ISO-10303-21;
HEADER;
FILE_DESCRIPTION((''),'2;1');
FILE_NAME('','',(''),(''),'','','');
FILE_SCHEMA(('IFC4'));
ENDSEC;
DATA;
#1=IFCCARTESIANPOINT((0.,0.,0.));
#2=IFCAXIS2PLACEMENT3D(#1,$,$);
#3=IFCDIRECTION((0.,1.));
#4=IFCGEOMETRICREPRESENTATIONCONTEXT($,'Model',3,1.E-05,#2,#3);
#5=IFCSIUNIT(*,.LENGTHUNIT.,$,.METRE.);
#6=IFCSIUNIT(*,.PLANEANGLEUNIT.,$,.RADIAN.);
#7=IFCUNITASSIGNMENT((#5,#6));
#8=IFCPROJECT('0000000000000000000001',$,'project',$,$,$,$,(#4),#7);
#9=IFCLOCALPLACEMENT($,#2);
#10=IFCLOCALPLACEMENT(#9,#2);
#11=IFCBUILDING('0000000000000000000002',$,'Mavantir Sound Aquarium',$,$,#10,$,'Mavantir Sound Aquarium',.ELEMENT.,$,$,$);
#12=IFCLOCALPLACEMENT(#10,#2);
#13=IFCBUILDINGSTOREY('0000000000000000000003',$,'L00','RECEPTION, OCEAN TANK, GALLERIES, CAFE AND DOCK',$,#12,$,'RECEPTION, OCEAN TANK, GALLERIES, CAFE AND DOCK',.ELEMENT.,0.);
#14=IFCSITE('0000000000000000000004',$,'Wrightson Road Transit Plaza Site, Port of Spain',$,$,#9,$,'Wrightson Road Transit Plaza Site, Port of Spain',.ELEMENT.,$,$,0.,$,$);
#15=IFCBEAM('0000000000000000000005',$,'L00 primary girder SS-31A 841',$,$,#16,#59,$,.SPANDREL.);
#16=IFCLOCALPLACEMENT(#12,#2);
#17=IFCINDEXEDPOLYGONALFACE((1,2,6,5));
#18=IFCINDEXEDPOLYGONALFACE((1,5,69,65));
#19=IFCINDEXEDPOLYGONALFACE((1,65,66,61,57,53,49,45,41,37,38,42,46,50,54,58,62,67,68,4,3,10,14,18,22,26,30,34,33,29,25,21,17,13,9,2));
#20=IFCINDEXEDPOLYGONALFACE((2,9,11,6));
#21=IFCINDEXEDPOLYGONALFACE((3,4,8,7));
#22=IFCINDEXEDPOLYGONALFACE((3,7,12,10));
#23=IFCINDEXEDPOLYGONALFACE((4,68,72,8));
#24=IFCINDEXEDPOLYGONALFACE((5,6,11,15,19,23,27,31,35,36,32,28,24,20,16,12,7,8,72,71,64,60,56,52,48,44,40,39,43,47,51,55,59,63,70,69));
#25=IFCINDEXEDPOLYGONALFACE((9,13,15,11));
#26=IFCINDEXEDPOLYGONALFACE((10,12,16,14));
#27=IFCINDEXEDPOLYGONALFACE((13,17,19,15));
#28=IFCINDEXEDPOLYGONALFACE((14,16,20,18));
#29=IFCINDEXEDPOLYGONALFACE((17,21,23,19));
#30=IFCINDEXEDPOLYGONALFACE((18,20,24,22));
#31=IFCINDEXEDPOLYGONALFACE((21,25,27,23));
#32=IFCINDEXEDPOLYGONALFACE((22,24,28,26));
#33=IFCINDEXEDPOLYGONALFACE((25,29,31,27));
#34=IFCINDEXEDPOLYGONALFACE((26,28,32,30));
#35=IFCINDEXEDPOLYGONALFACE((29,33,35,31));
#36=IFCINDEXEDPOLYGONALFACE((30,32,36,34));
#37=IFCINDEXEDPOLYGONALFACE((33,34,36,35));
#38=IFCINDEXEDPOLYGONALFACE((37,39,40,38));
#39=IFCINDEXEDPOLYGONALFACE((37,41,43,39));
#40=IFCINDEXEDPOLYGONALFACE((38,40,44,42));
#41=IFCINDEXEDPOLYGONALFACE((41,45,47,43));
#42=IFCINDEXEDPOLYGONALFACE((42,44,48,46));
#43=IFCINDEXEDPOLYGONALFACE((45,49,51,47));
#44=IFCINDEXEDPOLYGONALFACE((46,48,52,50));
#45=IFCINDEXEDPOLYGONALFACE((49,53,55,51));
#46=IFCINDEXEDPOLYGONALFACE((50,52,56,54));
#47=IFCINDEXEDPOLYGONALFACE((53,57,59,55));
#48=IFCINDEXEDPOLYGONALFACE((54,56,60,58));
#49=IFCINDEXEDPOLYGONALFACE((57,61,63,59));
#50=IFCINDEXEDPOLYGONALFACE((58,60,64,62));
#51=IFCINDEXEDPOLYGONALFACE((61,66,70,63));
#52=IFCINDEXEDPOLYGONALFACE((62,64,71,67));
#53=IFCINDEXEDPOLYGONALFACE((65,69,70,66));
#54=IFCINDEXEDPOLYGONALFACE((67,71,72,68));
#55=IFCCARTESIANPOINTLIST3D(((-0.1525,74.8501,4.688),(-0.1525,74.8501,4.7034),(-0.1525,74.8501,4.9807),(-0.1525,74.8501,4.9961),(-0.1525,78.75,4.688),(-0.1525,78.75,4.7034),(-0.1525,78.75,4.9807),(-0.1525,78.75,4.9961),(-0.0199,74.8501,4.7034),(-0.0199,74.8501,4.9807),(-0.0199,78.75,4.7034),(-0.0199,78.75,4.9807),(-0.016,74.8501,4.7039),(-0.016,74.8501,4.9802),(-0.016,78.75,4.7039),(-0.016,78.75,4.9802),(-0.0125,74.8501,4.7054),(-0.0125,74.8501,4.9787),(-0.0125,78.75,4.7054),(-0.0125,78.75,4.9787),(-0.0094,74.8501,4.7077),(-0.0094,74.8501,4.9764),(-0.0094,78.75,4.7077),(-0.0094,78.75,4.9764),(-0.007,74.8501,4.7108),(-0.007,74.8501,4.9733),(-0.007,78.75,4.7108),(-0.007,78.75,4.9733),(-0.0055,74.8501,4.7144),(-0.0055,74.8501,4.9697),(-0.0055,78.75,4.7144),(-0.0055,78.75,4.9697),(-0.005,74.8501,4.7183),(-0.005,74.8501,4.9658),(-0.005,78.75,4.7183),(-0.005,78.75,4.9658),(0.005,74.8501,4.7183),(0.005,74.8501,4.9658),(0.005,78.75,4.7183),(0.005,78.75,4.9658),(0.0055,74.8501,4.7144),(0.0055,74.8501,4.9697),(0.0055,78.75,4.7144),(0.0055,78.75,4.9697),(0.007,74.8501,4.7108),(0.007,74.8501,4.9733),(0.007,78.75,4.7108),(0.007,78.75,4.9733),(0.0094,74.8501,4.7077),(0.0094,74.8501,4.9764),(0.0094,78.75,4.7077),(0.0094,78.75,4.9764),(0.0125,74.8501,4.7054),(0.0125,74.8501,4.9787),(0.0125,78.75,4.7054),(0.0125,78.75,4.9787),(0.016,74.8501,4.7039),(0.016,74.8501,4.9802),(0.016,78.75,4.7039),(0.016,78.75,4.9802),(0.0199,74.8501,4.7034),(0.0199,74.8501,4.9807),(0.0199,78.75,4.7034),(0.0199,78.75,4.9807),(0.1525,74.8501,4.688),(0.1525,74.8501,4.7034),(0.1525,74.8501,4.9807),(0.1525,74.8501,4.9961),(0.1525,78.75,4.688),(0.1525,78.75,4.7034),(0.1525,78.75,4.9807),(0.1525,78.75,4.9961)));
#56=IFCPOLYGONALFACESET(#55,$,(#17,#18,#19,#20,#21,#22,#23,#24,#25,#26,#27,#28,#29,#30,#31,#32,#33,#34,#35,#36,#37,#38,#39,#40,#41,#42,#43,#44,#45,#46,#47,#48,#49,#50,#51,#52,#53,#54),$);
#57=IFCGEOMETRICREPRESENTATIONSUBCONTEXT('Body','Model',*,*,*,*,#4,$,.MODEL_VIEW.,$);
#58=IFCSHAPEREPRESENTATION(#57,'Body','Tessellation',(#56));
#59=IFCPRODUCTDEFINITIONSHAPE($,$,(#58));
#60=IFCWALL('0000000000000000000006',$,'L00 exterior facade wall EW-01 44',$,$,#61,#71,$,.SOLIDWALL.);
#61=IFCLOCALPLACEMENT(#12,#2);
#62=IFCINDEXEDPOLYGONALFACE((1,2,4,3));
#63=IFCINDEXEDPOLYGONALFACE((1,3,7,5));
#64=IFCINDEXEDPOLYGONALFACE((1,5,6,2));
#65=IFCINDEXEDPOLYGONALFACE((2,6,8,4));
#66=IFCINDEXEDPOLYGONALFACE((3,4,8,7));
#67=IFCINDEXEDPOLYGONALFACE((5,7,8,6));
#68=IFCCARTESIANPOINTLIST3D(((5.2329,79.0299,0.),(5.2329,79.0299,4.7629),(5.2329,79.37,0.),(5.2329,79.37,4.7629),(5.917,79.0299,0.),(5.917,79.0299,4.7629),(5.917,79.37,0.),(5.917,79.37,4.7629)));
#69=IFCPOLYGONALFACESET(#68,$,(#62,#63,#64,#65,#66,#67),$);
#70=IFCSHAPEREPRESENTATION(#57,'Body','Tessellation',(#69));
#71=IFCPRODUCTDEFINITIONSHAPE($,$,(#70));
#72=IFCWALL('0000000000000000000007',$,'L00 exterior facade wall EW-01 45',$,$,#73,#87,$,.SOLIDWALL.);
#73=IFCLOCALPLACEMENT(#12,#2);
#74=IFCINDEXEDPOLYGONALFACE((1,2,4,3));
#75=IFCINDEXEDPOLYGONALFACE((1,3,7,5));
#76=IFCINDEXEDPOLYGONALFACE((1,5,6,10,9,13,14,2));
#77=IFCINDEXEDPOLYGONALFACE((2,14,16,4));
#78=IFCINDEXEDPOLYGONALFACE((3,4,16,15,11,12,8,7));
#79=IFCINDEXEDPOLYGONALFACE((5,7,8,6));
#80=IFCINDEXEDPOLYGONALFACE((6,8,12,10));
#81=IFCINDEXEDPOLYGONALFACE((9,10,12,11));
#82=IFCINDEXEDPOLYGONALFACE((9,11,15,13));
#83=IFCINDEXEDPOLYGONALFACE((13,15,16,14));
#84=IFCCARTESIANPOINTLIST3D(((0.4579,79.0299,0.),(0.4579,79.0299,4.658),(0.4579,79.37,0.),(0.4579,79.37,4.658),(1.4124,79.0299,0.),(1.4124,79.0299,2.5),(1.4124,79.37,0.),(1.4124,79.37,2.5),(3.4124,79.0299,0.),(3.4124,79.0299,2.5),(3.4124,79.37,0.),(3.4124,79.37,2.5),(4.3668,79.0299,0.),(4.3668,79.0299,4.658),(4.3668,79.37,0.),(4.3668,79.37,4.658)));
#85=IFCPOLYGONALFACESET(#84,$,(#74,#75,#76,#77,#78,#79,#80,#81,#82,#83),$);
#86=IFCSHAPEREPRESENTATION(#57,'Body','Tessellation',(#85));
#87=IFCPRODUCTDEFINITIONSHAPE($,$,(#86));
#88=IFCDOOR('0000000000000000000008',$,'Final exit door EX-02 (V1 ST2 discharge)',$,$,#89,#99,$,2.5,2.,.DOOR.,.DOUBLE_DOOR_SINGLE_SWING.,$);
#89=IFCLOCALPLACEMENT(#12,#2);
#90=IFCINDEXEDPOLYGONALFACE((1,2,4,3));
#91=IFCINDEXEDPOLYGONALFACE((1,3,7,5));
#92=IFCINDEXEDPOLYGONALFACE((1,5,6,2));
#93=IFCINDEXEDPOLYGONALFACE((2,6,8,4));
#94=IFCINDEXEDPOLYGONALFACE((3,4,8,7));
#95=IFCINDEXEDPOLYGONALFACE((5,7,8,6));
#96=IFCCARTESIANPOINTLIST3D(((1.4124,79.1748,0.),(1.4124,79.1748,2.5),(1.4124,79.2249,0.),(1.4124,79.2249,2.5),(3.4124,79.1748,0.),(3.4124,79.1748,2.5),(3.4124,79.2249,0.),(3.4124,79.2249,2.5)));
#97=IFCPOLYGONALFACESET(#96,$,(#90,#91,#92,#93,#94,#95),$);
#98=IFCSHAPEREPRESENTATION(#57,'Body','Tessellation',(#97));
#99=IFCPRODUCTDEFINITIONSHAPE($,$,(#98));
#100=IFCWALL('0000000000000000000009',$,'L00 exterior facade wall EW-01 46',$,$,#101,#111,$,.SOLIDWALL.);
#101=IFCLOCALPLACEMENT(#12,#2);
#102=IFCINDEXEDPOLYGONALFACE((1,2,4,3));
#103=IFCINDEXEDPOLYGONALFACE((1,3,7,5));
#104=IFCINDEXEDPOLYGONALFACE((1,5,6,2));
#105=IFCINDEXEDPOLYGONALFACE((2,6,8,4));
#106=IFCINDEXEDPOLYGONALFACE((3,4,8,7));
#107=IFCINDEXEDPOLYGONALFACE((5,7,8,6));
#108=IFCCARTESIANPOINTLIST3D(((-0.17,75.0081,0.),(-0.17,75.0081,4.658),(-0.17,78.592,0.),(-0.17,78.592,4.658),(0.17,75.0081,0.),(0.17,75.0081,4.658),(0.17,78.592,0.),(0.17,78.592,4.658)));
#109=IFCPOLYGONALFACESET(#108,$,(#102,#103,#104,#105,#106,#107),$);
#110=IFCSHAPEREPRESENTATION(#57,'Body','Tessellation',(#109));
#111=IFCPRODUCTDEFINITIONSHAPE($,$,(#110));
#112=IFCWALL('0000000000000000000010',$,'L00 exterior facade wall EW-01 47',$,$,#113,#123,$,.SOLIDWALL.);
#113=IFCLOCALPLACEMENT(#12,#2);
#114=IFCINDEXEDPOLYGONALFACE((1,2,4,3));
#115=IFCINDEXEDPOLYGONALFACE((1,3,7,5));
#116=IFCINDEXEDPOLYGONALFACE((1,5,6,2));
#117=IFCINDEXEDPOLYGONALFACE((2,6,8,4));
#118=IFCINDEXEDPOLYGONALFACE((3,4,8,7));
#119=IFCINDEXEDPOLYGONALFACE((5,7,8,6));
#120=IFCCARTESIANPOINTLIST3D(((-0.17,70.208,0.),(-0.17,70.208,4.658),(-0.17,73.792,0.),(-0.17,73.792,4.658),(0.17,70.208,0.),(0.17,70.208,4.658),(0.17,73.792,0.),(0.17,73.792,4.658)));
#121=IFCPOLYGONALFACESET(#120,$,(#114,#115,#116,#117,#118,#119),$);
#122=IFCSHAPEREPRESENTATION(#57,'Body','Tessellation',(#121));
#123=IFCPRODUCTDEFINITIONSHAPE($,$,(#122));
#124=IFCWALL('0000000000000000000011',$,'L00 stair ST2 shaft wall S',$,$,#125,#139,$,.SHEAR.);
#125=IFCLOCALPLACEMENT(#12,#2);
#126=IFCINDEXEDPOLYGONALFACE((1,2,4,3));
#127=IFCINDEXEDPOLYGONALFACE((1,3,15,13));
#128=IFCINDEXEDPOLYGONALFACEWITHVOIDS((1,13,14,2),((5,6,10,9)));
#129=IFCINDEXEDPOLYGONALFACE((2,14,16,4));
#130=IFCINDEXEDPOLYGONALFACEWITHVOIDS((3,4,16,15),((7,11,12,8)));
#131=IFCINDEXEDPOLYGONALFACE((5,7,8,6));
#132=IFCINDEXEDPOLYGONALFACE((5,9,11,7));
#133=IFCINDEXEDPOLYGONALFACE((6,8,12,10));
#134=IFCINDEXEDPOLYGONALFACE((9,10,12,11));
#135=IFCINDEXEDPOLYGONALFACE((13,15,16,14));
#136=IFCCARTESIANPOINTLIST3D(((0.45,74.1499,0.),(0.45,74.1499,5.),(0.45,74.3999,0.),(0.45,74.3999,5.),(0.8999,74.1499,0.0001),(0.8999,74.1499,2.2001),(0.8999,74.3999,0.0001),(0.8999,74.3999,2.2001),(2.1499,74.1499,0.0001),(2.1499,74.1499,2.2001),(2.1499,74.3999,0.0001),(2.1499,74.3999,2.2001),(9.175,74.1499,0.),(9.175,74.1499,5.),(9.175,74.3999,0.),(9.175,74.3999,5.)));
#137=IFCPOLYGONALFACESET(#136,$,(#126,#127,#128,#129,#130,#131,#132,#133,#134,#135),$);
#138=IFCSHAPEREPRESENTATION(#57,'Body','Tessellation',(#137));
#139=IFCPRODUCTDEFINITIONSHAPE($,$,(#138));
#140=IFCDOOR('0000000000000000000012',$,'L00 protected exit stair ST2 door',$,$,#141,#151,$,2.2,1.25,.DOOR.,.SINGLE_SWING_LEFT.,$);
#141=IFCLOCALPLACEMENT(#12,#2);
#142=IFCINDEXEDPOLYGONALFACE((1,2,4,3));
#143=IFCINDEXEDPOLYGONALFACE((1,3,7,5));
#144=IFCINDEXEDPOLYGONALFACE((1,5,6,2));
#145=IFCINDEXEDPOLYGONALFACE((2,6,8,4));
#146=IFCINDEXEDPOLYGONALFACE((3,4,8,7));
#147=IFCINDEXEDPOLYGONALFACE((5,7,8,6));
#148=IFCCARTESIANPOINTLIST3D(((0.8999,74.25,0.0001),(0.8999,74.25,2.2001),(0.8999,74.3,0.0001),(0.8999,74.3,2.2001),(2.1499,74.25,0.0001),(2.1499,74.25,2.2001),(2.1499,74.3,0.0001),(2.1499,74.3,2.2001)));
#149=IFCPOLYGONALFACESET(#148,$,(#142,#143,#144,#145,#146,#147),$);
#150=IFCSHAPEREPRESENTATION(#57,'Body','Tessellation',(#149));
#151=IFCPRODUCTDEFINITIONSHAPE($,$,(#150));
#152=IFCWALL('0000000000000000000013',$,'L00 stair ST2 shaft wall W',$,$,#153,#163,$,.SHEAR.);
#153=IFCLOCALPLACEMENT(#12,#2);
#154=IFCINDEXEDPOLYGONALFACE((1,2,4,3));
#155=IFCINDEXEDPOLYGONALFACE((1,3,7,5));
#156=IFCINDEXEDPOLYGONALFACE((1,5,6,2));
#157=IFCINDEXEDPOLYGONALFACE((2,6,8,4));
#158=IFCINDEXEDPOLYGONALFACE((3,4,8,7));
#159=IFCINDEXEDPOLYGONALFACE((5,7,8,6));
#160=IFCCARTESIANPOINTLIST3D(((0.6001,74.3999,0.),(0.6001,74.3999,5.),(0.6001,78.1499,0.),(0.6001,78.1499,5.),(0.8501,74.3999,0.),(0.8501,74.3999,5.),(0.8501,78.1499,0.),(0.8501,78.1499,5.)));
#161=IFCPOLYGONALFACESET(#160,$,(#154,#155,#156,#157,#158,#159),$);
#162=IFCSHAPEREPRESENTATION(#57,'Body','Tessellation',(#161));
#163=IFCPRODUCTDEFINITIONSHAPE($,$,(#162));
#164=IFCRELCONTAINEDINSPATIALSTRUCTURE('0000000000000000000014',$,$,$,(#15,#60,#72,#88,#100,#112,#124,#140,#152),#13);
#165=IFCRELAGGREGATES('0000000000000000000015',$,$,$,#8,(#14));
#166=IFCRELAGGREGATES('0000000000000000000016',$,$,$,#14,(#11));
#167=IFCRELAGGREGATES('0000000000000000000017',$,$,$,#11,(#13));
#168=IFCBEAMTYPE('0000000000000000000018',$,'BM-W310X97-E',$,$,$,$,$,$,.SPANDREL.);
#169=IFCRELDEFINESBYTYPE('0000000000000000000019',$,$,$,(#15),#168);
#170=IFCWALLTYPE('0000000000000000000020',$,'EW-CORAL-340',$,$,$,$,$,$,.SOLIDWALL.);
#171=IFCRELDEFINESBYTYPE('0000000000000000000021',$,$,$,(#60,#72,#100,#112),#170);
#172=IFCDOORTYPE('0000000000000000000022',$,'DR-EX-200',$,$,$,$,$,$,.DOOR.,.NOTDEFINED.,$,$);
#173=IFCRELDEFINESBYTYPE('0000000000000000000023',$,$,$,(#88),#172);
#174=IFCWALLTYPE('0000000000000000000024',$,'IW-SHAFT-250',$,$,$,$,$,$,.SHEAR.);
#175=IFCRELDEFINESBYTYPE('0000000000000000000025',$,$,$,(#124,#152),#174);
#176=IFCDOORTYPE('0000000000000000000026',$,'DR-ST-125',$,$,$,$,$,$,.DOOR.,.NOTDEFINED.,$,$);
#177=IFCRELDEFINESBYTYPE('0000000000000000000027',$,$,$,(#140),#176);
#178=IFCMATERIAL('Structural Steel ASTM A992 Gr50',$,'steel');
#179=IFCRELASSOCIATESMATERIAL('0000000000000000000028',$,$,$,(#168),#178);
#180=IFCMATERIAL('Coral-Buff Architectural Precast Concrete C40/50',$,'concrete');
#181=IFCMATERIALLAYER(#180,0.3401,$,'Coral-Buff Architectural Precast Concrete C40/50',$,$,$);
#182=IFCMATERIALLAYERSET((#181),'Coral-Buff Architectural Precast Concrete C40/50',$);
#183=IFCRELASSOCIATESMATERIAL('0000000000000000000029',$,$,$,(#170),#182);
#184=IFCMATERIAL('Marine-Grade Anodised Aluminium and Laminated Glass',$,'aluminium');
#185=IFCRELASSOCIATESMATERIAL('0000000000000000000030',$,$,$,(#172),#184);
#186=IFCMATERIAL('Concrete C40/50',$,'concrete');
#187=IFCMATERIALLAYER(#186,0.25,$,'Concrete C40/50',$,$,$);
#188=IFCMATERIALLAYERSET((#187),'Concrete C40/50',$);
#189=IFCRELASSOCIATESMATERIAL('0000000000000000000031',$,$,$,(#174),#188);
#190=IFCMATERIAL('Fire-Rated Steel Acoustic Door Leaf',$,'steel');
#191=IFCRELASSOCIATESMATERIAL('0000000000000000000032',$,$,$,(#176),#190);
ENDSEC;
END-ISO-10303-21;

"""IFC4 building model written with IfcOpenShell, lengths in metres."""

from ifc_helpers import new_model, si_unit, direction, frame, frame_2d, origin, origin_2d, place, context, subcontext, project, spatial, rectangle, i_section, extrude, material, layer, layer_set, material_profile, profile_set, type_object, element, fill, save


model = new_model("IFC4")

# Units and contexts
model_context = context("Model", 3, precision=1e-05, world=origin(), true_north=direction((0.0, 1.0)))
body_context = subcontext(model_context, "Body", "Model", "MODEL_VIEW")
ifc_project = project(units=[si_unit("LENGTHUNIT", "METRE"), si_unit("PLANEANGLEUNIT", "RADIAN")], contexts=[model_context])

# Site, building, storey
site_placement = place(None, origin())
site = spatial("IfcSite", under=ifc_project, at=site_placement, Name="Wrightson Road Transit Plaza Site, Port of Spain", LongName="Wrightson Road Transit Plaza Site, Port of Spain", CompositionType="ELEMENT", RefElevation=0.0)
building_placement = place(site_placement, origin())
building = spatial("IfcBuilding", under=site, at=building_placement, Name="Mavantir Sound Aquarium", LongName="Mavantir Sound Aquarium", CompositionType="ELEMENT")
storey_placement = place(building_placement, origin())
storey = spatial("IfcBuildingStorey", under=building, at=storey_placement, Name="L00", Description="RECEPTION, OCEAN TANK, GALLERIES, CAFE AND DOCK", LongName="RECEPTION, OCEAN TANK, GALLERIES, CAFE AND DOCK", CompositionType="ELEMENT", Elevation=0.0)

# Shared definitions
ifc_material_1 = material(Name="Concrete C40/50", Category="concrete")

# Beam
ifc_material_2 = material(Name="Structural Steel ASTM A992 Gr50", Category="steel")
ifc_material_profile_1 = material_profile(ifc_material_2, i_section(OverallWidth=0.3049, OverallDepth=0.3081, WebThickness=0.01, FlangeThickness=0.0154, FilletRadius=0.0149, at=origin_2d()), Name="W310X97")
ifc_profile_set_1 = profile_set([ifc_material_profile_1], Name="Structural Steel ASTM A992 Gr50")
beam_type_1 = type_object("IfcBeamType", Name="BM-W310X97-E", PredefinedType="SPANDREL", material=ifc_profile_set_1)
for number, where, z_axis, x_axis, name in (
    (1, (0.0, 74.8501, 4.842), (0.0, 1.0, 0.0), (-1.0, 0.0, 0.0), "L00 primary girder SS-31A 841"),
):
    element("IfcBeam", number, at=place(storey_placement, frame(where, z_axis=z_axis, x_axis=x_axis)), inside=storey, type_object=beam_type_1, Name=name, PredefinedType="SPANDREL", context=body_context, shape_type="SweptSolid", body=[
        extrude(i_section(OverallWidth=0.3049, OverallDepth=0.3081, WebThickness=0.01, FlangeThickness=0.0154, FilletRadius=0.0149, at=origin_2d()), origin(), (0.0, 0.0, 1.0), 3.8999),
    ])

# Wall
ifc_material_3 = material(Name="Coral-Buff Architectural Precast Concrete C40/50", Category="concrete")
ifc_layer_1 = layer(ifc_material_3, 0.3401, Name="Coral-Buff Architectural Precast Concrete C40/50")
ifc_layer_set_1 = layer_set([ifc_layer_1], Name="Coral-Buff Architectural Precast Concrete C40/50")
wall_type_1 = type_object("IfcWallType", Name="EW-CORAL-340", PredefinedType="SOLIDWALL", material=ifc_layer_set_1)
wall_1_placement = place(storey_placement, frame((5.917, 79.2, 0.0), z_axis=(0.0, 0.0, 1.0), x_axis=(-1.0, 0.0, 0.0)))
element("IfcWall", 2, at=wall_1_placement, inside=storey, type_object=wall_type_1, Name="L00 exterior facade wall EW-01 44", PredefinedType="SOLIDWALL", context=body_context, shape_type="SweptSolid", body=[
    extrude(rectangle(XDim=0.6841, YDim=0.3401, at=frame_2d((0.342, 0.0))), origin(), (0.0, 0.0, 1.0), 4.7629),
])

# Wall, opening, door
wall_2_placement = place(storey_placement, frame((4.3669, 79.2, 0.0), z_axis=(0.0, 0.0, 1.0), x_axis=(-1.0, 0.0, 0.0)))
wall_2 = element("IfcWall", 3, at=wall_2_placement, inside=storey, type_object=wall_type_1, Name="L00 exterior facade wall EW-01 45", PredefinedType="SOLIDWALL", context=body_context, shape_type="SweptSolid", body=[
    extrude(rectangle(XDim=3.9089, YDim=0.3401, at=frame_2d((1.9546, 0.0))), origin(), (0.0, 0.0, 1.0), 4.658),
])
opening_1_placement = place(wall_2_placement, frame((2.9546, 0.0, 0.0), z_axis=(0.0, 0.0, 1.0), x_axis=(-1.0, 0.0, 0.0)))
opening_1 = element("IfcOpeningElement", 4, at=opening_1_placement, cuts=wall_2, PredefinedType="OPENING", context=body_context, shape_type="SweptSolid", body=[
    extrude(rectangle(XDim=2.0, YDim=2.5, at=frame_2d((1.0, 1.25))), frame((0.0, 0.1802, 0.0), z_axis=(0.0, -1.0, 0.0), x_axis=(1.0, 0.0, 0.0)), (0.0, 0.0, 1.0), 0.3601),
])
ifc_material_4 = material(Name="Marine-Grade Anodised Aluminium and Laminated Glass", Category="aluminium")
door_type_1 = type_object("IfcDoorType", Name="DR-EX-200", OperationType="NOTDEFINED", PredefinedType="DOOR", material=ifc_material_4)
door_1_placement = place(opening_1_placement, origin())
door_1 = element("IfcDoor", 5, at=door_1_placement, inside=storey, type_object=door_type_1, Name="Final exit door EX-02 (V1 ST2 discharge)", OperationType="DOUBLE_DOOR_SINGLE_SWING", OverallHeight=2.5, OverallWidth=2.0, PredefinedType="DOOR", context=body_context, shape_type="SweptSolid", body=[
    extrude(rectangle(XDim=2.0, YDim=2.5, at=frame_2d((1.0, 1.25))), frame((0.0, 0.0249, 0.0), z_axis=(0.0, -1.0, 0.0), x_axis=(1.0, 0.0, 0.0)), (0.0, 0.0, 1.0), 0.05),
])
fill(opening_1, door_1)

# Walls
for number, where, z_axis, x_axis, name in (
    (6, (0.0, 78.592, 0.0), (0.0, 0.0, 1.0), (0.0, -1.0, 0.0), "L00 exterior facade wall EW-01 46"),
    (7, (0.0, 73.792, 0.0), (0.0, 0.0, 1.0), (0.0, -1.0, 0.0), "L00 exterior facade wall EW-01 47"),
):
    element("IfcWall", number, at=place(storey_placement, frame(where, z_axis=z_axis, x_axis=x_axis)), inside=storey, type_object=wall_type_1, Name=name, PredefinedType="SOLIDWALL", context=body_context, shape_type="SweptSolid", body=[
        extrude(rectangle(XDim=3.584, YDim=0.3401, at=frame_2d((1.792, 0.0))), origin(), (0.0, 0.0, 1.0), 4.658),
    ])

# Wall, opening, door
ifc_layer_2 = layer(ifc_material_1, 0.25, Name="Concrete C40/50")
ifc_layer_set_2 = layer_set([ifc_layer_2], Name="Concrete C40/50")
wall_type_2 = type_object("IfcWallType", Name="IW-SHAFT-250", PredefinedType="SHEAR", material=ifc_layer_set_2)
wall_3_placement = place(storey_placement, frame((0.45, 74.2749, 0.0), z_axis=(0.0, 0.0, 1.0), x_axis=(1.0, 0.0, 0.0)))
wall_3 = element("IfcWall", 8, at=wall_3_placement, inside=storey, type_object=wall_type_2, Name="L00 stair ST2 shaft wall S", PredefinedType="SHEAR", context=body_context, shape_type="SweptSolid", body=[
    extrude(rectangle(XDim=8.7251, YDim=0.25, at=frame_2d((4.3625, 0.0))), origin(), (0.0, 0.0, 1.0), 5.0),
])
opening_2_placement = place(wall_3_placement, frame((1.7, 0.0, 0.0), z_axis=(0.0, 0.0, 1.0), x_axis=(-1.0, 0.0, 0.0)))
opening_2 = element("IfcOpeningElement", 9, at=opening_2_placement, cuts=wall_3, PredefinedType="OPENING", context=body_context, shape_type="SweptSolid", body=[
    extrude(rectangle(XDim=1.25, YDim=2.2, at=frame_2d((0.625, 1.1001))), frame((0.0, 0.135, 0.0), z_axis=(0.0, -1.0, 0.0), x_axis=(1.0, 0.0, 0.0)), (0.0, 0.0, 1.0), 0.27),
])
ifc_material_5 = material(Name="Fire-Rated Steel Acoustic Door Leaf", Category="steel")
door_type_2 = type_object("IfcDoorType", Name="DR-ST-125", OperationType="NOTDEFINED", PredefinedType="DOOR", material=ifc_material_5)
door_2_placement = place(opening_2_placement, origin())
door_2 = element("IfcDoor", 10, at=door_2_placement, inside=storey, type_object=door_type_2, Name="L00 protected exit stair ST2 door", OperationType="SINGLE_SWING_LEFT", OverallHeight=2.2, OverallWidth=1.25, PredefinedType="DOOR", context=body_context, shape_type="SweptSolid", body=[
    extrude(rectangle(XDim=1.25, YDim=2.2, at=frame_2d((0.625, 1.1001))), frame((0.0, 0.0249, 0.0), z_axis=(0.0, -1.0, 0.0), x_axis=(1.0, 0.0, 0.0)), (0.0, 0.0, 1.0), 0.05),
])
fill(opening_2, door_2)

# Wall
wall_4_placement = place(storey_placement, frame((0.7251, 78.1499, 0.0), z_axis=(0.0, 0.0, 1.0), x_axis=(0.0, -1.0, 0.0)))
element("IfcWall", 11, at=wall_4_placement, inside=storey, type_object=wall_type_2, Name="L00 stair ST2 shaft wall W", PredefinedType="SHEAR", context=body_context, shape_type="SweptSolid", body=[
    extrude(rectangle(XDim=3.75, YDim=0.25, at=frame_2d((1.875, 0.0))), origin(), (0.0, 0.0, 1.0), 5.0),
])

save(model, "model.ifc")
